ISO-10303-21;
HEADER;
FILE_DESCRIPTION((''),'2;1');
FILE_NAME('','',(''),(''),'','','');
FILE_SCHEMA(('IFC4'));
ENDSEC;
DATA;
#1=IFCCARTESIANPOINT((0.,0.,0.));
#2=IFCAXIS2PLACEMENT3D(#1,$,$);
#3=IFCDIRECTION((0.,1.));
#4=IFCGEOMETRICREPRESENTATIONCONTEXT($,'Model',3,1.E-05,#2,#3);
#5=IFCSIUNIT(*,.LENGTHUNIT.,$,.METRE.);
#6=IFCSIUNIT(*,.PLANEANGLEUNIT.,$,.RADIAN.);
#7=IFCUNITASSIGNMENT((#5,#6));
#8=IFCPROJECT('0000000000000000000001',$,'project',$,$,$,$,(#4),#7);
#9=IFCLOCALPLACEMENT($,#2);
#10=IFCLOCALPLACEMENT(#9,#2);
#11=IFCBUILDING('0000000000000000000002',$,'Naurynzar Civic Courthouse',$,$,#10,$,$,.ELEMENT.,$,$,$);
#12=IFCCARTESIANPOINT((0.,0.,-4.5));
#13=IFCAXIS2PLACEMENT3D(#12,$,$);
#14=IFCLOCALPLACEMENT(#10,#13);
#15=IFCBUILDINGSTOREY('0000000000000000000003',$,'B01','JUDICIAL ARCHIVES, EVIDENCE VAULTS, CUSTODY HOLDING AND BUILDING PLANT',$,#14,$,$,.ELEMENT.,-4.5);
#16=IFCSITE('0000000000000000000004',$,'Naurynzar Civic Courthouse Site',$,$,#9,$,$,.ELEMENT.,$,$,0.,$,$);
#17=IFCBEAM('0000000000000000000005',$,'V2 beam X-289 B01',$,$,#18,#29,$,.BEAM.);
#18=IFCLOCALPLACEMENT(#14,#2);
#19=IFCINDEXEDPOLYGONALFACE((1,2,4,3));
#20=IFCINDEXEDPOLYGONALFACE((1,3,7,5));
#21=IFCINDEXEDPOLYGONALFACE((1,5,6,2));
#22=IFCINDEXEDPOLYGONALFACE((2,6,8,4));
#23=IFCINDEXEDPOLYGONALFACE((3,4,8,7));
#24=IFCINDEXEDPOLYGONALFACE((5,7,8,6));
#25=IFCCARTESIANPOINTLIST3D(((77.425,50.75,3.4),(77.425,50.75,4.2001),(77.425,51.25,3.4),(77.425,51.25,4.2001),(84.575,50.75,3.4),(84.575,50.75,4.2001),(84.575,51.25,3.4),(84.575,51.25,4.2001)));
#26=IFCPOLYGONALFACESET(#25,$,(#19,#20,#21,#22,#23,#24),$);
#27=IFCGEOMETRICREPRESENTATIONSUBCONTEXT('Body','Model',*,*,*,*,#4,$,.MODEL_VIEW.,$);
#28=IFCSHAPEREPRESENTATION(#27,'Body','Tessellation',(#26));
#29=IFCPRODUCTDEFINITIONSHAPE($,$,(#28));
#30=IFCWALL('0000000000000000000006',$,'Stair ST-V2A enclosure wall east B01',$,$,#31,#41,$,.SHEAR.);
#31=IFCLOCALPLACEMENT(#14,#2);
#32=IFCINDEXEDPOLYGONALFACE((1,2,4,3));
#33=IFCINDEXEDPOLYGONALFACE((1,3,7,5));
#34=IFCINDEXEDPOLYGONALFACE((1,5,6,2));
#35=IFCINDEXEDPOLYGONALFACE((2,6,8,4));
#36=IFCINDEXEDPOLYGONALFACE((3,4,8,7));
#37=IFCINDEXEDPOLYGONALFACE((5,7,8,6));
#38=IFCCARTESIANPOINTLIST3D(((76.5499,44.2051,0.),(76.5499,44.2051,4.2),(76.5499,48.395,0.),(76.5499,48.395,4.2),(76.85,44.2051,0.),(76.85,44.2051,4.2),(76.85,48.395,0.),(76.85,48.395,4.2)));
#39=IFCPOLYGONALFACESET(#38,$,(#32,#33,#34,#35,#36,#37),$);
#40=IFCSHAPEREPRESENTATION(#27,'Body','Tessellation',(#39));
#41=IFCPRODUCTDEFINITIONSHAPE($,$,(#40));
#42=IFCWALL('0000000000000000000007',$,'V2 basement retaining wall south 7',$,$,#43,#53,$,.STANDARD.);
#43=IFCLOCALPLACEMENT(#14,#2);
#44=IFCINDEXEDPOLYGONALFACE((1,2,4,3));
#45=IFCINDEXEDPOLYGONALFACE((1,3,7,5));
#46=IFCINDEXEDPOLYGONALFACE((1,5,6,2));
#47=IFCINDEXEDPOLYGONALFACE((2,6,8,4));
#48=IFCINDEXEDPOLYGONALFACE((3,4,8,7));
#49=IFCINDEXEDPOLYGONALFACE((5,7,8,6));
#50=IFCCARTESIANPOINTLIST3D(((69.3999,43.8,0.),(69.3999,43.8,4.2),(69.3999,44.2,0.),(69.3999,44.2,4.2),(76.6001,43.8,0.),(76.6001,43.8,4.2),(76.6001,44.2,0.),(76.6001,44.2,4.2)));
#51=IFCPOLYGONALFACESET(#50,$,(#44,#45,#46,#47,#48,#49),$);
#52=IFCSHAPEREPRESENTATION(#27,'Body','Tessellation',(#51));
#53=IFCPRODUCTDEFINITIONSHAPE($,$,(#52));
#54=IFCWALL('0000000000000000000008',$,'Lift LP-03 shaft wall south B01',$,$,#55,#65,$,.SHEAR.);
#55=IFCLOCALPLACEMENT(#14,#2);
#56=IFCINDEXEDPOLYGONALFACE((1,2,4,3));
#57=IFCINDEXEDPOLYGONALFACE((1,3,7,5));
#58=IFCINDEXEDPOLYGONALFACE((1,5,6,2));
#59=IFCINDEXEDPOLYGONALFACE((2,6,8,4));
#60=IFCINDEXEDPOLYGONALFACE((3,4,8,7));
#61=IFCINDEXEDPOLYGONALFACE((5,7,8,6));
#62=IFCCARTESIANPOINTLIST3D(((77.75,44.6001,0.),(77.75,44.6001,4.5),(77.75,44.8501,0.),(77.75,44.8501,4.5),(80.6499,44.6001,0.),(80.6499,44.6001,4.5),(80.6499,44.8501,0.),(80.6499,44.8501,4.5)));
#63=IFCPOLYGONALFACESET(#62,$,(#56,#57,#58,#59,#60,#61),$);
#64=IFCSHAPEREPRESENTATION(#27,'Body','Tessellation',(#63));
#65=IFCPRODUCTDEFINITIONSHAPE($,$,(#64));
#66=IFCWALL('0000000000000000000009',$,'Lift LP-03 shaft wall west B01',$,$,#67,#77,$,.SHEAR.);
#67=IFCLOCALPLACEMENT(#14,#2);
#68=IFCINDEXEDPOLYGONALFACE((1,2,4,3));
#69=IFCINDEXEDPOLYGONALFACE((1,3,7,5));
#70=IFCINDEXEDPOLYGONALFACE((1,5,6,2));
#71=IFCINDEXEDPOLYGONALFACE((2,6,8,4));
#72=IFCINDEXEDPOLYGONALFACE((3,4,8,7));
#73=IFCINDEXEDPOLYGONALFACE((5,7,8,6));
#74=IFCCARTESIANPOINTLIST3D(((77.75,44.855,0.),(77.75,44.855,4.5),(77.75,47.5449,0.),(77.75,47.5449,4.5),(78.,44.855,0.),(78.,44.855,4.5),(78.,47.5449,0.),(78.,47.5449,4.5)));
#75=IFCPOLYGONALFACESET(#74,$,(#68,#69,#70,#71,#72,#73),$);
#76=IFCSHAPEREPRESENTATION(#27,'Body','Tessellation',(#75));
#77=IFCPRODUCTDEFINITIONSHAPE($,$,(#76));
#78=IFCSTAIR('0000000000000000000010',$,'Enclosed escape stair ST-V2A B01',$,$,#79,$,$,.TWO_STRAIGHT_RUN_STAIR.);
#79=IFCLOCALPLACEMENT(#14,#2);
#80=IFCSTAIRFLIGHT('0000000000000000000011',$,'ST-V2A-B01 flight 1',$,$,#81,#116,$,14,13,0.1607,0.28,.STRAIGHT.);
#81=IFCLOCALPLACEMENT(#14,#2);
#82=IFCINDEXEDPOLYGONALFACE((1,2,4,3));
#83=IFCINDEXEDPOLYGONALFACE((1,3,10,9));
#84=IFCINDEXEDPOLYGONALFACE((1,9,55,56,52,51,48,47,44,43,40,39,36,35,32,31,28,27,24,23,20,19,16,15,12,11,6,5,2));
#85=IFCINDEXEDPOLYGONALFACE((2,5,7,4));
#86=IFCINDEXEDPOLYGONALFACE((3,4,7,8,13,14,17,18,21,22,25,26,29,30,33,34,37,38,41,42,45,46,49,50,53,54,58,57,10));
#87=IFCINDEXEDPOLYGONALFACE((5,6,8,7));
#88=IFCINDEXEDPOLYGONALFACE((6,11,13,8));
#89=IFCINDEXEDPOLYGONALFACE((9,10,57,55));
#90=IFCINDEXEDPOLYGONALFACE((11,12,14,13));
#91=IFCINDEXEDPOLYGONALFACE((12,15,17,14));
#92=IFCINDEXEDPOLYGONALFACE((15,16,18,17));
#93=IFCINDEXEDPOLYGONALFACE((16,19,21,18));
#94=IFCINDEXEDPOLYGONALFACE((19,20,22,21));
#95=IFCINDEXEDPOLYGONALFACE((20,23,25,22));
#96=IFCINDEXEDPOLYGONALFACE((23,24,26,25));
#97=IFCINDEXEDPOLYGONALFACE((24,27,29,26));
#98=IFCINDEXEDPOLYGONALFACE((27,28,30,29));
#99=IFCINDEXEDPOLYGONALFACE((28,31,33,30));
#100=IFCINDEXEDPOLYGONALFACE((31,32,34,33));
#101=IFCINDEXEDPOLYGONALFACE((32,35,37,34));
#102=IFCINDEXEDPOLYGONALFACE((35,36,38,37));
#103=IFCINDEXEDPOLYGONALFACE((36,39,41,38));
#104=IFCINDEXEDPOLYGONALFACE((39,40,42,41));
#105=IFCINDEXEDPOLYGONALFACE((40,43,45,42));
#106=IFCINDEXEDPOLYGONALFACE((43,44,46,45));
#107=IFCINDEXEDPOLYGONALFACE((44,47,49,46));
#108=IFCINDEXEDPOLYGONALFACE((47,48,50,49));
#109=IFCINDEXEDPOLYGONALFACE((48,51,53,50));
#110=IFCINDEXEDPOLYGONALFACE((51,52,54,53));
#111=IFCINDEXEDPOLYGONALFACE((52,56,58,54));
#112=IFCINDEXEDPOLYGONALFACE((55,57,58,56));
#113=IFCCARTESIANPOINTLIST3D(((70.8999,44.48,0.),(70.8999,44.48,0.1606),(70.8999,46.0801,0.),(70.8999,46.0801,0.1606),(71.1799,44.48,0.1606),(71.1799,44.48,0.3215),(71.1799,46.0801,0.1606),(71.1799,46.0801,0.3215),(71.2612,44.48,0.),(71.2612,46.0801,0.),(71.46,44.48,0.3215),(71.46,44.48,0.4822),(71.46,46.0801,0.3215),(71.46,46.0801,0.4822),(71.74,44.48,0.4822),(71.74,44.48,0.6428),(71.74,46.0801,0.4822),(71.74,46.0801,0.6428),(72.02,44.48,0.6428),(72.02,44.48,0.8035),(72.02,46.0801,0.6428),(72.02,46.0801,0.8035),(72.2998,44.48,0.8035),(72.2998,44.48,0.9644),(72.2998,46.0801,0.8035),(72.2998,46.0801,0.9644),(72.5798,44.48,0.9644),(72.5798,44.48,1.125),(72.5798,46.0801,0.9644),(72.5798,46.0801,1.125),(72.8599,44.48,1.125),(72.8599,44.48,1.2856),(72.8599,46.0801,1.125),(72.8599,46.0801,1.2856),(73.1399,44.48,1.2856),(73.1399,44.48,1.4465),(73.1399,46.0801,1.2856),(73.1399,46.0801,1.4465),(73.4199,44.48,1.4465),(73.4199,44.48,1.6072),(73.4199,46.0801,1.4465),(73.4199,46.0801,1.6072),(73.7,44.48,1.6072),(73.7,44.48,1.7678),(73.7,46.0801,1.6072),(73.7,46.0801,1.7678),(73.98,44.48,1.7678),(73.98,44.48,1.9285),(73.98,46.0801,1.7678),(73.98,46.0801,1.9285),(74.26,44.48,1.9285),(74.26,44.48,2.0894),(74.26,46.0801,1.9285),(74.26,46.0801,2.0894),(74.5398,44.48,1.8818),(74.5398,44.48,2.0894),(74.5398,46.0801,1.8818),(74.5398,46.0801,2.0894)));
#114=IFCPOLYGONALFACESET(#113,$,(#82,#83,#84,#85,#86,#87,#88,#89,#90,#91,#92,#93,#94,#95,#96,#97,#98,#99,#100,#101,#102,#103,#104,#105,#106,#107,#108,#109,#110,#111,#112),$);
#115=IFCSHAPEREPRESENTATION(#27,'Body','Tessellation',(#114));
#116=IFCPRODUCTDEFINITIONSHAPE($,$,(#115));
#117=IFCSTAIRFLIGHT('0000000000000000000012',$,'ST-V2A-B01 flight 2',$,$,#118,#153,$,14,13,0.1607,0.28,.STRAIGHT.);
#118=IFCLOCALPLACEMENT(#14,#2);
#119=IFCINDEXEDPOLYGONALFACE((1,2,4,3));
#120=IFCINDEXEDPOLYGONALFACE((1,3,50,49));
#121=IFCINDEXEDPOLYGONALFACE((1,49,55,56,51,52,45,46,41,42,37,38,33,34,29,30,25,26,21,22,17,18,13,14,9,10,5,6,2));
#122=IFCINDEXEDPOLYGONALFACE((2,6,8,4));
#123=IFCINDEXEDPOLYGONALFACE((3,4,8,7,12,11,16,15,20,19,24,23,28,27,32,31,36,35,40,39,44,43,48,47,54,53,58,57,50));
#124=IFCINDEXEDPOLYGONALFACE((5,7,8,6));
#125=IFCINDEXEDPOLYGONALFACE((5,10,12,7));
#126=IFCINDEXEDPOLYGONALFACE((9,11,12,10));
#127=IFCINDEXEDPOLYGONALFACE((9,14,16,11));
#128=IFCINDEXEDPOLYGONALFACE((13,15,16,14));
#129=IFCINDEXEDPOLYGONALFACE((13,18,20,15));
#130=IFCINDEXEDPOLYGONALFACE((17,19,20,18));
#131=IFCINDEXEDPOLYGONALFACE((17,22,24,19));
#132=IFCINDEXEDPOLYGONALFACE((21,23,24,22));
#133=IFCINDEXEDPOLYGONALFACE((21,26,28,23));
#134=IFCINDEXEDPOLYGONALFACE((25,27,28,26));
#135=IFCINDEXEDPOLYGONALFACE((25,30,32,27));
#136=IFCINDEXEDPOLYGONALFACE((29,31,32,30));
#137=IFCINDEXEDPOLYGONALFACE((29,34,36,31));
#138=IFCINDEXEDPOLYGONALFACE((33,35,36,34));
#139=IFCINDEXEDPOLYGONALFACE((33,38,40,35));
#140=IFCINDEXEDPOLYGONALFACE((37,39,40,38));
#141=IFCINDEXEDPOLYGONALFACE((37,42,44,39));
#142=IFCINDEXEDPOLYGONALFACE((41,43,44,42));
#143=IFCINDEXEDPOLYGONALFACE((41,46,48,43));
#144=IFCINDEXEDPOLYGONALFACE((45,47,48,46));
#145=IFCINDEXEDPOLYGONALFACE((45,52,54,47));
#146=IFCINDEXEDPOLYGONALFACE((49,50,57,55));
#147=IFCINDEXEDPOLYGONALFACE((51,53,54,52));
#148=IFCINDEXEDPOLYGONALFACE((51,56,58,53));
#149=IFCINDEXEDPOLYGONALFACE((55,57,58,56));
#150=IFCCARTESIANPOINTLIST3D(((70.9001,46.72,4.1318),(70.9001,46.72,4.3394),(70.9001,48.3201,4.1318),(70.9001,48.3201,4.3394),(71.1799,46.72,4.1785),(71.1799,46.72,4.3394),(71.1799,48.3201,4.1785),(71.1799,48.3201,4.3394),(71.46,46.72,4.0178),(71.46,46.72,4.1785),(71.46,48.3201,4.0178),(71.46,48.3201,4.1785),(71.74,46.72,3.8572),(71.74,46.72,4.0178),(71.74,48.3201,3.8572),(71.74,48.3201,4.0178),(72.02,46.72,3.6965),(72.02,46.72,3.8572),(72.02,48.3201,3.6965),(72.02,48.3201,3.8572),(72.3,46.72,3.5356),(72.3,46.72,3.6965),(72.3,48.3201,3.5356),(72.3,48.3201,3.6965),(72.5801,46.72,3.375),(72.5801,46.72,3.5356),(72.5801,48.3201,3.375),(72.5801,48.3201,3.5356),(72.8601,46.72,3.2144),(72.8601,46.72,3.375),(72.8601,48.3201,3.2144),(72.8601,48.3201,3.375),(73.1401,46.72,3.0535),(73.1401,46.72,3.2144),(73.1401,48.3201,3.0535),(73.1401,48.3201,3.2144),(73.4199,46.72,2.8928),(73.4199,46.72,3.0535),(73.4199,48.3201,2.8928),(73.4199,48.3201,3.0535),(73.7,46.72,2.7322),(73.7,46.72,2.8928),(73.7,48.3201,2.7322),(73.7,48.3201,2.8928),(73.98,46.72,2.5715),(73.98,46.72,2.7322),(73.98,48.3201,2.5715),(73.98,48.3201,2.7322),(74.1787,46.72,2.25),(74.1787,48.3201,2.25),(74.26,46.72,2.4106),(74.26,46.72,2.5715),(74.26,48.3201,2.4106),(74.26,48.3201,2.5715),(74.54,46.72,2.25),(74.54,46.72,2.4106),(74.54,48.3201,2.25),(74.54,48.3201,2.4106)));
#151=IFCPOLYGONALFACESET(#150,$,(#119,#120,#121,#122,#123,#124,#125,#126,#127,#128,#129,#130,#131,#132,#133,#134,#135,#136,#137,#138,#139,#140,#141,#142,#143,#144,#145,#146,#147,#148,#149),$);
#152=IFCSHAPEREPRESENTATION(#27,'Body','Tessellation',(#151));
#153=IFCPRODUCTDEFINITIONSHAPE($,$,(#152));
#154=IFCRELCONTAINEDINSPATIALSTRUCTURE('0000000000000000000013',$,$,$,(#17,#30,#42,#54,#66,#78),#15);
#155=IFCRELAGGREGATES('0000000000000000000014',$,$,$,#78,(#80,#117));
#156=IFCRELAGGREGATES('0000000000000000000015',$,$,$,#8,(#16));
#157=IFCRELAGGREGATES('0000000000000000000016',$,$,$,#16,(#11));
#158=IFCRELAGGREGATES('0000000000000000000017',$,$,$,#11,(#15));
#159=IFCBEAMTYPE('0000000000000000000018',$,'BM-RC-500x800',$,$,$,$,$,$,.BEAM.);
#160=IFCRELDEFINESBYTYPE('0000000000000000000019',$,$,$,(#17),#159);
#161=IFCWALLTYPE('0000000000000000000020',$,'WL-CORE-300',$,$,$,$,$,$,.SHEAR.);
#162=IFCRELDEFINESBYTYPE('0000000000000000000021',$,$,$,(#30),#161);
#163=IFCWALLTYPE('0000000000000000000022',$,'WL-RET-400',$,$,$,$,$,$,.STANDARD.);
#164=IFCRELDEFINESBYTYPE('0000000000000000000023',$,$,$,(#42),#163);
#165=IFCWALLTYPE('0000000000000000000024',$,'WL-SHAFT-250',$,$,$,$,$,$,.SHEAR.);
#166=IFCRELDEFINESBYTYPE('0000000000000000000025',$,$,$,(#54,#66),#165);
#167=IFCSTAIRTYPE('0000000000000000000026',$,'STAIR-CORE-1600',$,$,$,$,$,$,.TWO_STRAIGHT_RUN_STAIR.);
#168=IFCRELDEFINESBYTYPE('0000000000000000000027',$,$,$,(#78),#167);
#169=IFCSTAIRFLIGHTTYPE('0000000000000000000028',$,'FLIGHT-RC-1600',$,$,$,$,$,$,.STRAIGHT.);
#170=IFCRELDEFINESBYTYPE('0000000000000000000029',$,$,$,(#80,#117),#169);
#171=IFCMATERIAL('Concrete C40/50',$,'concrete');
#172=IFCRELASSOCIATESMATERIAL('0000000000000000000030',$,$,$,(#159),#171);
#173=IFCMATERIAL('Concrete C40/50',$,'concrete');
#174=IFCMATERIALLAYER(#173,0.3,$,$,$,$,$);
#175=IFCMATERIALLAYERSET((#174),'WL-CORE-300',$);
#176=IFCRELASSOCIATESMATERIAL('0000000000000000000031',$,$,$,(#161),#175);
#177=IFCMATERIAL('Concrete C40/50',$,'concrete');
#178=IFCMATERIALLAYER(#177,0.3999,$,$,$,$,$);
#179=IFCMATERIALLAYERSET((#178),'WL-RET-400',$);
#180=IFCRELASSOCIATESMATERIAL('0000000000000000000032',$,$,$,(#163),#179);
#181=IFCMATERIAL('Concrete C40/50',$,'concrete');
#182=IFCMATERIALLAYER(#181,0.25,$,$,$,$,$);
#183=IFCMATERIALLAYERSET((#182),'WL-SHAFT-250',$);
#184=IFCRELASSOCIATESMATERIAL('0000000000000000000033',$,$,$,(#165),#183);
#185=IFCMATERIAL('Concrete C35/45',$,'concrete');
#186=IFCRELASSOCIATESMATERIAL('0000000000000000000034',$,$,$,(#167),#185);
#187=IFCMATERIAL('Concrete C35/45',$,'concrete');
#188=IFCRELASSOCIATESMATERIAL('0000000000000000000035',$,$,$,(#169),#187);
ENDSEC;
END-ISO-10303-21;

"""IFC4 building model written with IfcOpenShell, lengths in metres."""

from ifc_helpers import new_model, si_unit, direction, frame, frame_2d, origin, origin_2d, place, context, subcontext, project, spatial, polyline, rectangle, outline, extrude, material, layer, layer_set, material_profile, profile_set, type_object, element, aggregate, save


model = new_model("IFC4")

# Units and contexts
model_context = context("Model", 3, precision=1e-05, world=origin(), true_north=direction((0.0, 1.0)))
body_context = subcontext(model_context, "Body", "Model", "MODEL_VIEW")
ifc_project = project(units=[si_unit("LENGTHUNIT", "METRE"), si_unit("PLANEANGLEUNIT", "RADIAN")], contexts=[model_context])

# Site, building, storey
site_placement = place(None, origin())
site = spatial("IfcSite", under=ifc_project, at=site_placement, Name="Naurynzar Civic Courthouse Site", CompositionType="ELEMENT", RefElevation=0.0)
building_placement = place(site_placement, origin())
building = spatial("IfcBuilding", under=site, at=building_placement, Name="Naurynzar Civic Courthouse", CompositionType="ELEMENT")
storey_placement = place(building_placement, frame((0.0, 0.0, -4.5)))
storey = spatial("IfcBuildingStorey", under=building, at=storey_placement, Name="B01", Description="JUDICIAL ARCHIVES, EVIDENCE VAULTS, CUSTODY HOLDING AND BUILDING PLANT", CompositionType="ELEMENT", Elevation=-4.5)

# Beam
ifc_material_1 = material(Name="Concrete C40/50", Category="concrete")
ifc_material_profile_1 = material_profile(ifc_material_1, rectangle(XDim=0.5, YDim=0.8, at=origin_2d()), Name="RCB 500x800")
ifc_profile_set_1 = profile_set([ifc_material_profile_1], Name="Concrete C40/50")
beam_type_1 = type_object("IfcBeamType", Name="BM-RC-500x800", PredefinedType="BEAM", material=ifc_profile_set_1)
for number, where, z_axis, x_axis, name in (
    (1, (77.425, 51.0, 3.8), (1.0, 0.0, 0.0), (0.0, 1.0, 0.0), "V2 beam X-289 B01"),
):
    element("IfcBeam", number, at=place(storey_placement, frame(where, z_axis=z_axis, x_axis=x_axis)), inside=storey, type_object=beam_type_1, Name=name, PredefinedType="BEAM", context=body_context, shape_type="SweptSolid", body=[
        extrude(rectangle(XDim=0.5, YDim=0.8, at=origin_2d()), origin(), (0.0, 0.0, 1.0), 7.1499),
    ])

# Shared definitions
ifc_material_2 = material(Name="Concrete C40/50", Category="concrete")
ifc_layer_1 = layer(ifc_material_2, 0.3)
ifc_layer_set_1 = layer_set([ifc_layer_1], Name="WL-CORE-300")
wall_type_1 = type_object("IfcWallType", Name="WL-CORE-300", PredefinedType="SHEAR", material=ifc_layer_set_1)

# Walls
wall_1_placement = place(storey_placement, frame((76.7, 44.2051, 0.0), z_axis=(0.0, 0.0, 1.0), x_axis=(0.0, 1.0, 0.0)))
element("IfcWall", 2, at=wall_1_placement, inside=storey, type_object=wall_type_1, Name="Stair ST-V2A enclosure wall east B01", PredefinedType="SHEAR", context=body_context, shape_type="SweptSolid", body=[
    extrude(rectangle(XDim=4.1899, YDim=0.3, at=frame_2d((2.095, 0.0))), origin(), (0.0, 0.0, 1.0), 4.2),
])
ifc_material_3 = material(Name="Concrete C40/50", Category="concrete")
ifc_layer_2 = layer(ifc_material_3, 0.3999)
ifc_layer_set_2 = layer_set([ifc_layer_2], Name="WL-RET-400")
wall_type_2 = type_object("IfcWallType", Name="WL-RET-400", PredefinedType="STANDARD", material=ifc_layer_set_2)
wall_2_placement = place(storey_placement, frame((76.6001, 44.0, 0.0), z_axis=(0.0, 0.0, 1.0), x_axis=(-1.0, 0.0, 0.0)))
element("IfcWall", 3, at=wall_2_placement, inside=storey, type_object=wall_type_2, Name="V2 basement retaining wall south 7", PredefinedType="STANDARD", context=body_context, shape_type="SweptSolid", body=[
    extrude(rectangle(XDim=7.2002, YDim=0.3999, at=frame_2d((3.6001, 0.0))), origin(), (0.0, 0.0, 1.0), 4.2),
])
ifc_material_4 = material(Name="Concrete C40/50", Category="concrete")
ifc_layer_3 = layer(ifc_material_4, 0.25)
ifc_layer_set_3 = layer_set([ifc_layer_3], Name="WL-SHAFT-250")
wall_type_3 = type_object("IfcWallType", Name="WL-SHAFT-250", PredefinedType="SHEAR", material=ifc_layer_set_3)
wall_3_placement = place(storey_placement, frame((77.75, 44.7251, 0.0), z_axis=(0.0, 0.0, 1.0), x_axis=(1.0, 0.0, 0.0)))
element("IfcWall", 4, at=wall_3_placement, inside=storey, type_object=wall_type_3, Name="Lift LP-03 shaft wall south B01", PredefinedType="SHEAR", context=body_context, shape_type="SweptSolid", body=[
    extrude(rectangle(XDim=2.8999, YDim=0.25, at=frame_2d((1.45, 0.0))), origin(), (0.0, 0.0, 1.0), 4.5),
])
wall_4_placement = place(storey_placement, frame((77.875, 47.5449, 0.0), z_axis=(0.0, 0.0, 1.0), x_axis=(0.0, -1.0, 0.0)))
element("IfcWall", 5, at=wall_4_placement, inside=storey, type_object=wall_type_3, Name="Lift LP-03 shaft wall west B01", PredefinedType="SHEAR", context=body_context, shape_type="SweptSolid", body=[
    extrude(rectangle(XDim=2.6899, YDim=0.25, at=frame_2d((1.345, 0.0))), origin(), (0.0, 0.0, 1.0), 4.5),
])

# Stair, stair flights
ifc_material_5 = material(Name="Concrete C35/45", Category="concrete")
stair_type = type_object("IfcStairType", Name="STAIR-CORE-1600", PredefinedType="TWO_STRAIGHT_RUN_STAIR", material=ifc_material_5)
stair_placement = place(storey_placement, origin())
stair = element("IfcStair", 6, at=stair_placement, inside=storey, type_object=stair_type, Name="Enclosed escape stair ST-V2A B01", PredefinedType="TWO_STRAIGHT_RUN_STAIR")
ifc_material_6 = material(Name="Concrete C35/45", Category="concrete")
stair_flight_type = type_object("IfcStairFlightType", Name="FLIGHT-RC-1600", PredefinedType="STRAIGHT", material=ifc_material_6)
stair_flight_1_placement = place(storey_placement, frame((70.8999, 45.28, 0.0), z_axis=(0.0, 0.0, 1.0), x_axis=(1.0, 0.0, 0.0)))
stair_flight_1 = element("IfcStairFlight", 7, at=stair_flight_1_placement, type_object=stair_flight_type, Name="ST-V2A-B01 flight 1", NumberOfRisers=14, NumberOfTreads=13, PredefinedType="STRAIGHT", RiserHeight=0.1607, TreadLength=0.28, context=body_context, shape_type="SweptSolid", body=[
    extrude(outline(polyline([(0.0, 0.0), (0.0, 0.1606), (0.28, 0.1606), (0.28, 0.3215), (0.5601, 0.3215), (0.5601, 0.4822), (0.8401, 0.4822), (0.8401, 0.6428), (1.1201, 0.6428), (1.1201, 0.8035), (1.3999, 0.8035), (1.3999, 0.9644), (1.6799, 0.9644), (1.6799, 1.125), (1.96, 1.125), (1.96, 1.2856), (2.24, 1.2856), (2.24, 1.4465), (2.52, 1.4465), (2.52, 1.6072), (2.8, 1.6072), (2.8, 1.7678), (3.0801, 1.7678), (3.0801, 1.9285), (3.3601, 1.9285), (3.3601, 2.0894), (3.6399, 2.0894), (3.6399, 2.25), (3.6399, 1.8818), (0.3613, 0.0), (0.0, 0.0)])), frame((0.0, 0.8, 0.0), z_axis=(0.0, -1.0, 0.0), x_axis=(1.0, 0.0, 0.0)), (0.0, 0.0, 1.0), 1.6001),
])
stair_flight_2_placement = place(storey_placement, frame((74.54, 47.52, 2.25), z_axis=(0.0, 0.0, 1.0), x_axis=(-1.0, 0.0, 0.0)))
stair_flight_2 = element("IfcStairFlight", 8, at=stair_flight_2_placement, type_object=stair_flight_type, Name="ST-V2A-B01 flight 2", NumberOfRisers=14, NumberOfTreads=13, PredefinedType="STRAIGHT", RiserHeight=0.1607, TreadLength=0.28, context=body_context, shape_type="SweptSolid", body=[
    extrude(outline(polyline([(0.0, 0.0), (0.0, 0.1606), (0.28, 0.1606), (0.28, 0.3215), (0.5601, 0.3215), (0.5601, 0.4822), (0.8401, 0.4822), (0.8401, 0.6428), (1.1201, 0.6428), (1.1201, 0.8035), (1.3999, 0.8035), (1.3999, 0.9644), (1.6799, 0.9644), (1.6799, 1.125), (1.96, 1.125), (1.96, 1.2856), (2.24, 1.2856), (2.24, 1.4465), (2.52, 1.4465), (2.52, 1.6072), (2.8, 1.6072), (2.8, 1.7678), (3.0801, 1.7678), (3.0801, 1.9285), (3.3601, 1.9285), (3.3601, 2.0894), (3.6399, 2.0894), (3.6399, 2.25), (3.6399, 1.8818), (0.3613, 0.0), (0.0, 0.0)])), frame((0.0, 0.8, 0.0), z_axis=(0.0, -1.0, 0.0), x_axis=(1.0, 0.0, 0.0)), (0.0, 0.0, 1.0), 1.6001),
])
aggregate(stair, [stair_flight_1, stair_flight_2])

save(model, "model.ifc")
